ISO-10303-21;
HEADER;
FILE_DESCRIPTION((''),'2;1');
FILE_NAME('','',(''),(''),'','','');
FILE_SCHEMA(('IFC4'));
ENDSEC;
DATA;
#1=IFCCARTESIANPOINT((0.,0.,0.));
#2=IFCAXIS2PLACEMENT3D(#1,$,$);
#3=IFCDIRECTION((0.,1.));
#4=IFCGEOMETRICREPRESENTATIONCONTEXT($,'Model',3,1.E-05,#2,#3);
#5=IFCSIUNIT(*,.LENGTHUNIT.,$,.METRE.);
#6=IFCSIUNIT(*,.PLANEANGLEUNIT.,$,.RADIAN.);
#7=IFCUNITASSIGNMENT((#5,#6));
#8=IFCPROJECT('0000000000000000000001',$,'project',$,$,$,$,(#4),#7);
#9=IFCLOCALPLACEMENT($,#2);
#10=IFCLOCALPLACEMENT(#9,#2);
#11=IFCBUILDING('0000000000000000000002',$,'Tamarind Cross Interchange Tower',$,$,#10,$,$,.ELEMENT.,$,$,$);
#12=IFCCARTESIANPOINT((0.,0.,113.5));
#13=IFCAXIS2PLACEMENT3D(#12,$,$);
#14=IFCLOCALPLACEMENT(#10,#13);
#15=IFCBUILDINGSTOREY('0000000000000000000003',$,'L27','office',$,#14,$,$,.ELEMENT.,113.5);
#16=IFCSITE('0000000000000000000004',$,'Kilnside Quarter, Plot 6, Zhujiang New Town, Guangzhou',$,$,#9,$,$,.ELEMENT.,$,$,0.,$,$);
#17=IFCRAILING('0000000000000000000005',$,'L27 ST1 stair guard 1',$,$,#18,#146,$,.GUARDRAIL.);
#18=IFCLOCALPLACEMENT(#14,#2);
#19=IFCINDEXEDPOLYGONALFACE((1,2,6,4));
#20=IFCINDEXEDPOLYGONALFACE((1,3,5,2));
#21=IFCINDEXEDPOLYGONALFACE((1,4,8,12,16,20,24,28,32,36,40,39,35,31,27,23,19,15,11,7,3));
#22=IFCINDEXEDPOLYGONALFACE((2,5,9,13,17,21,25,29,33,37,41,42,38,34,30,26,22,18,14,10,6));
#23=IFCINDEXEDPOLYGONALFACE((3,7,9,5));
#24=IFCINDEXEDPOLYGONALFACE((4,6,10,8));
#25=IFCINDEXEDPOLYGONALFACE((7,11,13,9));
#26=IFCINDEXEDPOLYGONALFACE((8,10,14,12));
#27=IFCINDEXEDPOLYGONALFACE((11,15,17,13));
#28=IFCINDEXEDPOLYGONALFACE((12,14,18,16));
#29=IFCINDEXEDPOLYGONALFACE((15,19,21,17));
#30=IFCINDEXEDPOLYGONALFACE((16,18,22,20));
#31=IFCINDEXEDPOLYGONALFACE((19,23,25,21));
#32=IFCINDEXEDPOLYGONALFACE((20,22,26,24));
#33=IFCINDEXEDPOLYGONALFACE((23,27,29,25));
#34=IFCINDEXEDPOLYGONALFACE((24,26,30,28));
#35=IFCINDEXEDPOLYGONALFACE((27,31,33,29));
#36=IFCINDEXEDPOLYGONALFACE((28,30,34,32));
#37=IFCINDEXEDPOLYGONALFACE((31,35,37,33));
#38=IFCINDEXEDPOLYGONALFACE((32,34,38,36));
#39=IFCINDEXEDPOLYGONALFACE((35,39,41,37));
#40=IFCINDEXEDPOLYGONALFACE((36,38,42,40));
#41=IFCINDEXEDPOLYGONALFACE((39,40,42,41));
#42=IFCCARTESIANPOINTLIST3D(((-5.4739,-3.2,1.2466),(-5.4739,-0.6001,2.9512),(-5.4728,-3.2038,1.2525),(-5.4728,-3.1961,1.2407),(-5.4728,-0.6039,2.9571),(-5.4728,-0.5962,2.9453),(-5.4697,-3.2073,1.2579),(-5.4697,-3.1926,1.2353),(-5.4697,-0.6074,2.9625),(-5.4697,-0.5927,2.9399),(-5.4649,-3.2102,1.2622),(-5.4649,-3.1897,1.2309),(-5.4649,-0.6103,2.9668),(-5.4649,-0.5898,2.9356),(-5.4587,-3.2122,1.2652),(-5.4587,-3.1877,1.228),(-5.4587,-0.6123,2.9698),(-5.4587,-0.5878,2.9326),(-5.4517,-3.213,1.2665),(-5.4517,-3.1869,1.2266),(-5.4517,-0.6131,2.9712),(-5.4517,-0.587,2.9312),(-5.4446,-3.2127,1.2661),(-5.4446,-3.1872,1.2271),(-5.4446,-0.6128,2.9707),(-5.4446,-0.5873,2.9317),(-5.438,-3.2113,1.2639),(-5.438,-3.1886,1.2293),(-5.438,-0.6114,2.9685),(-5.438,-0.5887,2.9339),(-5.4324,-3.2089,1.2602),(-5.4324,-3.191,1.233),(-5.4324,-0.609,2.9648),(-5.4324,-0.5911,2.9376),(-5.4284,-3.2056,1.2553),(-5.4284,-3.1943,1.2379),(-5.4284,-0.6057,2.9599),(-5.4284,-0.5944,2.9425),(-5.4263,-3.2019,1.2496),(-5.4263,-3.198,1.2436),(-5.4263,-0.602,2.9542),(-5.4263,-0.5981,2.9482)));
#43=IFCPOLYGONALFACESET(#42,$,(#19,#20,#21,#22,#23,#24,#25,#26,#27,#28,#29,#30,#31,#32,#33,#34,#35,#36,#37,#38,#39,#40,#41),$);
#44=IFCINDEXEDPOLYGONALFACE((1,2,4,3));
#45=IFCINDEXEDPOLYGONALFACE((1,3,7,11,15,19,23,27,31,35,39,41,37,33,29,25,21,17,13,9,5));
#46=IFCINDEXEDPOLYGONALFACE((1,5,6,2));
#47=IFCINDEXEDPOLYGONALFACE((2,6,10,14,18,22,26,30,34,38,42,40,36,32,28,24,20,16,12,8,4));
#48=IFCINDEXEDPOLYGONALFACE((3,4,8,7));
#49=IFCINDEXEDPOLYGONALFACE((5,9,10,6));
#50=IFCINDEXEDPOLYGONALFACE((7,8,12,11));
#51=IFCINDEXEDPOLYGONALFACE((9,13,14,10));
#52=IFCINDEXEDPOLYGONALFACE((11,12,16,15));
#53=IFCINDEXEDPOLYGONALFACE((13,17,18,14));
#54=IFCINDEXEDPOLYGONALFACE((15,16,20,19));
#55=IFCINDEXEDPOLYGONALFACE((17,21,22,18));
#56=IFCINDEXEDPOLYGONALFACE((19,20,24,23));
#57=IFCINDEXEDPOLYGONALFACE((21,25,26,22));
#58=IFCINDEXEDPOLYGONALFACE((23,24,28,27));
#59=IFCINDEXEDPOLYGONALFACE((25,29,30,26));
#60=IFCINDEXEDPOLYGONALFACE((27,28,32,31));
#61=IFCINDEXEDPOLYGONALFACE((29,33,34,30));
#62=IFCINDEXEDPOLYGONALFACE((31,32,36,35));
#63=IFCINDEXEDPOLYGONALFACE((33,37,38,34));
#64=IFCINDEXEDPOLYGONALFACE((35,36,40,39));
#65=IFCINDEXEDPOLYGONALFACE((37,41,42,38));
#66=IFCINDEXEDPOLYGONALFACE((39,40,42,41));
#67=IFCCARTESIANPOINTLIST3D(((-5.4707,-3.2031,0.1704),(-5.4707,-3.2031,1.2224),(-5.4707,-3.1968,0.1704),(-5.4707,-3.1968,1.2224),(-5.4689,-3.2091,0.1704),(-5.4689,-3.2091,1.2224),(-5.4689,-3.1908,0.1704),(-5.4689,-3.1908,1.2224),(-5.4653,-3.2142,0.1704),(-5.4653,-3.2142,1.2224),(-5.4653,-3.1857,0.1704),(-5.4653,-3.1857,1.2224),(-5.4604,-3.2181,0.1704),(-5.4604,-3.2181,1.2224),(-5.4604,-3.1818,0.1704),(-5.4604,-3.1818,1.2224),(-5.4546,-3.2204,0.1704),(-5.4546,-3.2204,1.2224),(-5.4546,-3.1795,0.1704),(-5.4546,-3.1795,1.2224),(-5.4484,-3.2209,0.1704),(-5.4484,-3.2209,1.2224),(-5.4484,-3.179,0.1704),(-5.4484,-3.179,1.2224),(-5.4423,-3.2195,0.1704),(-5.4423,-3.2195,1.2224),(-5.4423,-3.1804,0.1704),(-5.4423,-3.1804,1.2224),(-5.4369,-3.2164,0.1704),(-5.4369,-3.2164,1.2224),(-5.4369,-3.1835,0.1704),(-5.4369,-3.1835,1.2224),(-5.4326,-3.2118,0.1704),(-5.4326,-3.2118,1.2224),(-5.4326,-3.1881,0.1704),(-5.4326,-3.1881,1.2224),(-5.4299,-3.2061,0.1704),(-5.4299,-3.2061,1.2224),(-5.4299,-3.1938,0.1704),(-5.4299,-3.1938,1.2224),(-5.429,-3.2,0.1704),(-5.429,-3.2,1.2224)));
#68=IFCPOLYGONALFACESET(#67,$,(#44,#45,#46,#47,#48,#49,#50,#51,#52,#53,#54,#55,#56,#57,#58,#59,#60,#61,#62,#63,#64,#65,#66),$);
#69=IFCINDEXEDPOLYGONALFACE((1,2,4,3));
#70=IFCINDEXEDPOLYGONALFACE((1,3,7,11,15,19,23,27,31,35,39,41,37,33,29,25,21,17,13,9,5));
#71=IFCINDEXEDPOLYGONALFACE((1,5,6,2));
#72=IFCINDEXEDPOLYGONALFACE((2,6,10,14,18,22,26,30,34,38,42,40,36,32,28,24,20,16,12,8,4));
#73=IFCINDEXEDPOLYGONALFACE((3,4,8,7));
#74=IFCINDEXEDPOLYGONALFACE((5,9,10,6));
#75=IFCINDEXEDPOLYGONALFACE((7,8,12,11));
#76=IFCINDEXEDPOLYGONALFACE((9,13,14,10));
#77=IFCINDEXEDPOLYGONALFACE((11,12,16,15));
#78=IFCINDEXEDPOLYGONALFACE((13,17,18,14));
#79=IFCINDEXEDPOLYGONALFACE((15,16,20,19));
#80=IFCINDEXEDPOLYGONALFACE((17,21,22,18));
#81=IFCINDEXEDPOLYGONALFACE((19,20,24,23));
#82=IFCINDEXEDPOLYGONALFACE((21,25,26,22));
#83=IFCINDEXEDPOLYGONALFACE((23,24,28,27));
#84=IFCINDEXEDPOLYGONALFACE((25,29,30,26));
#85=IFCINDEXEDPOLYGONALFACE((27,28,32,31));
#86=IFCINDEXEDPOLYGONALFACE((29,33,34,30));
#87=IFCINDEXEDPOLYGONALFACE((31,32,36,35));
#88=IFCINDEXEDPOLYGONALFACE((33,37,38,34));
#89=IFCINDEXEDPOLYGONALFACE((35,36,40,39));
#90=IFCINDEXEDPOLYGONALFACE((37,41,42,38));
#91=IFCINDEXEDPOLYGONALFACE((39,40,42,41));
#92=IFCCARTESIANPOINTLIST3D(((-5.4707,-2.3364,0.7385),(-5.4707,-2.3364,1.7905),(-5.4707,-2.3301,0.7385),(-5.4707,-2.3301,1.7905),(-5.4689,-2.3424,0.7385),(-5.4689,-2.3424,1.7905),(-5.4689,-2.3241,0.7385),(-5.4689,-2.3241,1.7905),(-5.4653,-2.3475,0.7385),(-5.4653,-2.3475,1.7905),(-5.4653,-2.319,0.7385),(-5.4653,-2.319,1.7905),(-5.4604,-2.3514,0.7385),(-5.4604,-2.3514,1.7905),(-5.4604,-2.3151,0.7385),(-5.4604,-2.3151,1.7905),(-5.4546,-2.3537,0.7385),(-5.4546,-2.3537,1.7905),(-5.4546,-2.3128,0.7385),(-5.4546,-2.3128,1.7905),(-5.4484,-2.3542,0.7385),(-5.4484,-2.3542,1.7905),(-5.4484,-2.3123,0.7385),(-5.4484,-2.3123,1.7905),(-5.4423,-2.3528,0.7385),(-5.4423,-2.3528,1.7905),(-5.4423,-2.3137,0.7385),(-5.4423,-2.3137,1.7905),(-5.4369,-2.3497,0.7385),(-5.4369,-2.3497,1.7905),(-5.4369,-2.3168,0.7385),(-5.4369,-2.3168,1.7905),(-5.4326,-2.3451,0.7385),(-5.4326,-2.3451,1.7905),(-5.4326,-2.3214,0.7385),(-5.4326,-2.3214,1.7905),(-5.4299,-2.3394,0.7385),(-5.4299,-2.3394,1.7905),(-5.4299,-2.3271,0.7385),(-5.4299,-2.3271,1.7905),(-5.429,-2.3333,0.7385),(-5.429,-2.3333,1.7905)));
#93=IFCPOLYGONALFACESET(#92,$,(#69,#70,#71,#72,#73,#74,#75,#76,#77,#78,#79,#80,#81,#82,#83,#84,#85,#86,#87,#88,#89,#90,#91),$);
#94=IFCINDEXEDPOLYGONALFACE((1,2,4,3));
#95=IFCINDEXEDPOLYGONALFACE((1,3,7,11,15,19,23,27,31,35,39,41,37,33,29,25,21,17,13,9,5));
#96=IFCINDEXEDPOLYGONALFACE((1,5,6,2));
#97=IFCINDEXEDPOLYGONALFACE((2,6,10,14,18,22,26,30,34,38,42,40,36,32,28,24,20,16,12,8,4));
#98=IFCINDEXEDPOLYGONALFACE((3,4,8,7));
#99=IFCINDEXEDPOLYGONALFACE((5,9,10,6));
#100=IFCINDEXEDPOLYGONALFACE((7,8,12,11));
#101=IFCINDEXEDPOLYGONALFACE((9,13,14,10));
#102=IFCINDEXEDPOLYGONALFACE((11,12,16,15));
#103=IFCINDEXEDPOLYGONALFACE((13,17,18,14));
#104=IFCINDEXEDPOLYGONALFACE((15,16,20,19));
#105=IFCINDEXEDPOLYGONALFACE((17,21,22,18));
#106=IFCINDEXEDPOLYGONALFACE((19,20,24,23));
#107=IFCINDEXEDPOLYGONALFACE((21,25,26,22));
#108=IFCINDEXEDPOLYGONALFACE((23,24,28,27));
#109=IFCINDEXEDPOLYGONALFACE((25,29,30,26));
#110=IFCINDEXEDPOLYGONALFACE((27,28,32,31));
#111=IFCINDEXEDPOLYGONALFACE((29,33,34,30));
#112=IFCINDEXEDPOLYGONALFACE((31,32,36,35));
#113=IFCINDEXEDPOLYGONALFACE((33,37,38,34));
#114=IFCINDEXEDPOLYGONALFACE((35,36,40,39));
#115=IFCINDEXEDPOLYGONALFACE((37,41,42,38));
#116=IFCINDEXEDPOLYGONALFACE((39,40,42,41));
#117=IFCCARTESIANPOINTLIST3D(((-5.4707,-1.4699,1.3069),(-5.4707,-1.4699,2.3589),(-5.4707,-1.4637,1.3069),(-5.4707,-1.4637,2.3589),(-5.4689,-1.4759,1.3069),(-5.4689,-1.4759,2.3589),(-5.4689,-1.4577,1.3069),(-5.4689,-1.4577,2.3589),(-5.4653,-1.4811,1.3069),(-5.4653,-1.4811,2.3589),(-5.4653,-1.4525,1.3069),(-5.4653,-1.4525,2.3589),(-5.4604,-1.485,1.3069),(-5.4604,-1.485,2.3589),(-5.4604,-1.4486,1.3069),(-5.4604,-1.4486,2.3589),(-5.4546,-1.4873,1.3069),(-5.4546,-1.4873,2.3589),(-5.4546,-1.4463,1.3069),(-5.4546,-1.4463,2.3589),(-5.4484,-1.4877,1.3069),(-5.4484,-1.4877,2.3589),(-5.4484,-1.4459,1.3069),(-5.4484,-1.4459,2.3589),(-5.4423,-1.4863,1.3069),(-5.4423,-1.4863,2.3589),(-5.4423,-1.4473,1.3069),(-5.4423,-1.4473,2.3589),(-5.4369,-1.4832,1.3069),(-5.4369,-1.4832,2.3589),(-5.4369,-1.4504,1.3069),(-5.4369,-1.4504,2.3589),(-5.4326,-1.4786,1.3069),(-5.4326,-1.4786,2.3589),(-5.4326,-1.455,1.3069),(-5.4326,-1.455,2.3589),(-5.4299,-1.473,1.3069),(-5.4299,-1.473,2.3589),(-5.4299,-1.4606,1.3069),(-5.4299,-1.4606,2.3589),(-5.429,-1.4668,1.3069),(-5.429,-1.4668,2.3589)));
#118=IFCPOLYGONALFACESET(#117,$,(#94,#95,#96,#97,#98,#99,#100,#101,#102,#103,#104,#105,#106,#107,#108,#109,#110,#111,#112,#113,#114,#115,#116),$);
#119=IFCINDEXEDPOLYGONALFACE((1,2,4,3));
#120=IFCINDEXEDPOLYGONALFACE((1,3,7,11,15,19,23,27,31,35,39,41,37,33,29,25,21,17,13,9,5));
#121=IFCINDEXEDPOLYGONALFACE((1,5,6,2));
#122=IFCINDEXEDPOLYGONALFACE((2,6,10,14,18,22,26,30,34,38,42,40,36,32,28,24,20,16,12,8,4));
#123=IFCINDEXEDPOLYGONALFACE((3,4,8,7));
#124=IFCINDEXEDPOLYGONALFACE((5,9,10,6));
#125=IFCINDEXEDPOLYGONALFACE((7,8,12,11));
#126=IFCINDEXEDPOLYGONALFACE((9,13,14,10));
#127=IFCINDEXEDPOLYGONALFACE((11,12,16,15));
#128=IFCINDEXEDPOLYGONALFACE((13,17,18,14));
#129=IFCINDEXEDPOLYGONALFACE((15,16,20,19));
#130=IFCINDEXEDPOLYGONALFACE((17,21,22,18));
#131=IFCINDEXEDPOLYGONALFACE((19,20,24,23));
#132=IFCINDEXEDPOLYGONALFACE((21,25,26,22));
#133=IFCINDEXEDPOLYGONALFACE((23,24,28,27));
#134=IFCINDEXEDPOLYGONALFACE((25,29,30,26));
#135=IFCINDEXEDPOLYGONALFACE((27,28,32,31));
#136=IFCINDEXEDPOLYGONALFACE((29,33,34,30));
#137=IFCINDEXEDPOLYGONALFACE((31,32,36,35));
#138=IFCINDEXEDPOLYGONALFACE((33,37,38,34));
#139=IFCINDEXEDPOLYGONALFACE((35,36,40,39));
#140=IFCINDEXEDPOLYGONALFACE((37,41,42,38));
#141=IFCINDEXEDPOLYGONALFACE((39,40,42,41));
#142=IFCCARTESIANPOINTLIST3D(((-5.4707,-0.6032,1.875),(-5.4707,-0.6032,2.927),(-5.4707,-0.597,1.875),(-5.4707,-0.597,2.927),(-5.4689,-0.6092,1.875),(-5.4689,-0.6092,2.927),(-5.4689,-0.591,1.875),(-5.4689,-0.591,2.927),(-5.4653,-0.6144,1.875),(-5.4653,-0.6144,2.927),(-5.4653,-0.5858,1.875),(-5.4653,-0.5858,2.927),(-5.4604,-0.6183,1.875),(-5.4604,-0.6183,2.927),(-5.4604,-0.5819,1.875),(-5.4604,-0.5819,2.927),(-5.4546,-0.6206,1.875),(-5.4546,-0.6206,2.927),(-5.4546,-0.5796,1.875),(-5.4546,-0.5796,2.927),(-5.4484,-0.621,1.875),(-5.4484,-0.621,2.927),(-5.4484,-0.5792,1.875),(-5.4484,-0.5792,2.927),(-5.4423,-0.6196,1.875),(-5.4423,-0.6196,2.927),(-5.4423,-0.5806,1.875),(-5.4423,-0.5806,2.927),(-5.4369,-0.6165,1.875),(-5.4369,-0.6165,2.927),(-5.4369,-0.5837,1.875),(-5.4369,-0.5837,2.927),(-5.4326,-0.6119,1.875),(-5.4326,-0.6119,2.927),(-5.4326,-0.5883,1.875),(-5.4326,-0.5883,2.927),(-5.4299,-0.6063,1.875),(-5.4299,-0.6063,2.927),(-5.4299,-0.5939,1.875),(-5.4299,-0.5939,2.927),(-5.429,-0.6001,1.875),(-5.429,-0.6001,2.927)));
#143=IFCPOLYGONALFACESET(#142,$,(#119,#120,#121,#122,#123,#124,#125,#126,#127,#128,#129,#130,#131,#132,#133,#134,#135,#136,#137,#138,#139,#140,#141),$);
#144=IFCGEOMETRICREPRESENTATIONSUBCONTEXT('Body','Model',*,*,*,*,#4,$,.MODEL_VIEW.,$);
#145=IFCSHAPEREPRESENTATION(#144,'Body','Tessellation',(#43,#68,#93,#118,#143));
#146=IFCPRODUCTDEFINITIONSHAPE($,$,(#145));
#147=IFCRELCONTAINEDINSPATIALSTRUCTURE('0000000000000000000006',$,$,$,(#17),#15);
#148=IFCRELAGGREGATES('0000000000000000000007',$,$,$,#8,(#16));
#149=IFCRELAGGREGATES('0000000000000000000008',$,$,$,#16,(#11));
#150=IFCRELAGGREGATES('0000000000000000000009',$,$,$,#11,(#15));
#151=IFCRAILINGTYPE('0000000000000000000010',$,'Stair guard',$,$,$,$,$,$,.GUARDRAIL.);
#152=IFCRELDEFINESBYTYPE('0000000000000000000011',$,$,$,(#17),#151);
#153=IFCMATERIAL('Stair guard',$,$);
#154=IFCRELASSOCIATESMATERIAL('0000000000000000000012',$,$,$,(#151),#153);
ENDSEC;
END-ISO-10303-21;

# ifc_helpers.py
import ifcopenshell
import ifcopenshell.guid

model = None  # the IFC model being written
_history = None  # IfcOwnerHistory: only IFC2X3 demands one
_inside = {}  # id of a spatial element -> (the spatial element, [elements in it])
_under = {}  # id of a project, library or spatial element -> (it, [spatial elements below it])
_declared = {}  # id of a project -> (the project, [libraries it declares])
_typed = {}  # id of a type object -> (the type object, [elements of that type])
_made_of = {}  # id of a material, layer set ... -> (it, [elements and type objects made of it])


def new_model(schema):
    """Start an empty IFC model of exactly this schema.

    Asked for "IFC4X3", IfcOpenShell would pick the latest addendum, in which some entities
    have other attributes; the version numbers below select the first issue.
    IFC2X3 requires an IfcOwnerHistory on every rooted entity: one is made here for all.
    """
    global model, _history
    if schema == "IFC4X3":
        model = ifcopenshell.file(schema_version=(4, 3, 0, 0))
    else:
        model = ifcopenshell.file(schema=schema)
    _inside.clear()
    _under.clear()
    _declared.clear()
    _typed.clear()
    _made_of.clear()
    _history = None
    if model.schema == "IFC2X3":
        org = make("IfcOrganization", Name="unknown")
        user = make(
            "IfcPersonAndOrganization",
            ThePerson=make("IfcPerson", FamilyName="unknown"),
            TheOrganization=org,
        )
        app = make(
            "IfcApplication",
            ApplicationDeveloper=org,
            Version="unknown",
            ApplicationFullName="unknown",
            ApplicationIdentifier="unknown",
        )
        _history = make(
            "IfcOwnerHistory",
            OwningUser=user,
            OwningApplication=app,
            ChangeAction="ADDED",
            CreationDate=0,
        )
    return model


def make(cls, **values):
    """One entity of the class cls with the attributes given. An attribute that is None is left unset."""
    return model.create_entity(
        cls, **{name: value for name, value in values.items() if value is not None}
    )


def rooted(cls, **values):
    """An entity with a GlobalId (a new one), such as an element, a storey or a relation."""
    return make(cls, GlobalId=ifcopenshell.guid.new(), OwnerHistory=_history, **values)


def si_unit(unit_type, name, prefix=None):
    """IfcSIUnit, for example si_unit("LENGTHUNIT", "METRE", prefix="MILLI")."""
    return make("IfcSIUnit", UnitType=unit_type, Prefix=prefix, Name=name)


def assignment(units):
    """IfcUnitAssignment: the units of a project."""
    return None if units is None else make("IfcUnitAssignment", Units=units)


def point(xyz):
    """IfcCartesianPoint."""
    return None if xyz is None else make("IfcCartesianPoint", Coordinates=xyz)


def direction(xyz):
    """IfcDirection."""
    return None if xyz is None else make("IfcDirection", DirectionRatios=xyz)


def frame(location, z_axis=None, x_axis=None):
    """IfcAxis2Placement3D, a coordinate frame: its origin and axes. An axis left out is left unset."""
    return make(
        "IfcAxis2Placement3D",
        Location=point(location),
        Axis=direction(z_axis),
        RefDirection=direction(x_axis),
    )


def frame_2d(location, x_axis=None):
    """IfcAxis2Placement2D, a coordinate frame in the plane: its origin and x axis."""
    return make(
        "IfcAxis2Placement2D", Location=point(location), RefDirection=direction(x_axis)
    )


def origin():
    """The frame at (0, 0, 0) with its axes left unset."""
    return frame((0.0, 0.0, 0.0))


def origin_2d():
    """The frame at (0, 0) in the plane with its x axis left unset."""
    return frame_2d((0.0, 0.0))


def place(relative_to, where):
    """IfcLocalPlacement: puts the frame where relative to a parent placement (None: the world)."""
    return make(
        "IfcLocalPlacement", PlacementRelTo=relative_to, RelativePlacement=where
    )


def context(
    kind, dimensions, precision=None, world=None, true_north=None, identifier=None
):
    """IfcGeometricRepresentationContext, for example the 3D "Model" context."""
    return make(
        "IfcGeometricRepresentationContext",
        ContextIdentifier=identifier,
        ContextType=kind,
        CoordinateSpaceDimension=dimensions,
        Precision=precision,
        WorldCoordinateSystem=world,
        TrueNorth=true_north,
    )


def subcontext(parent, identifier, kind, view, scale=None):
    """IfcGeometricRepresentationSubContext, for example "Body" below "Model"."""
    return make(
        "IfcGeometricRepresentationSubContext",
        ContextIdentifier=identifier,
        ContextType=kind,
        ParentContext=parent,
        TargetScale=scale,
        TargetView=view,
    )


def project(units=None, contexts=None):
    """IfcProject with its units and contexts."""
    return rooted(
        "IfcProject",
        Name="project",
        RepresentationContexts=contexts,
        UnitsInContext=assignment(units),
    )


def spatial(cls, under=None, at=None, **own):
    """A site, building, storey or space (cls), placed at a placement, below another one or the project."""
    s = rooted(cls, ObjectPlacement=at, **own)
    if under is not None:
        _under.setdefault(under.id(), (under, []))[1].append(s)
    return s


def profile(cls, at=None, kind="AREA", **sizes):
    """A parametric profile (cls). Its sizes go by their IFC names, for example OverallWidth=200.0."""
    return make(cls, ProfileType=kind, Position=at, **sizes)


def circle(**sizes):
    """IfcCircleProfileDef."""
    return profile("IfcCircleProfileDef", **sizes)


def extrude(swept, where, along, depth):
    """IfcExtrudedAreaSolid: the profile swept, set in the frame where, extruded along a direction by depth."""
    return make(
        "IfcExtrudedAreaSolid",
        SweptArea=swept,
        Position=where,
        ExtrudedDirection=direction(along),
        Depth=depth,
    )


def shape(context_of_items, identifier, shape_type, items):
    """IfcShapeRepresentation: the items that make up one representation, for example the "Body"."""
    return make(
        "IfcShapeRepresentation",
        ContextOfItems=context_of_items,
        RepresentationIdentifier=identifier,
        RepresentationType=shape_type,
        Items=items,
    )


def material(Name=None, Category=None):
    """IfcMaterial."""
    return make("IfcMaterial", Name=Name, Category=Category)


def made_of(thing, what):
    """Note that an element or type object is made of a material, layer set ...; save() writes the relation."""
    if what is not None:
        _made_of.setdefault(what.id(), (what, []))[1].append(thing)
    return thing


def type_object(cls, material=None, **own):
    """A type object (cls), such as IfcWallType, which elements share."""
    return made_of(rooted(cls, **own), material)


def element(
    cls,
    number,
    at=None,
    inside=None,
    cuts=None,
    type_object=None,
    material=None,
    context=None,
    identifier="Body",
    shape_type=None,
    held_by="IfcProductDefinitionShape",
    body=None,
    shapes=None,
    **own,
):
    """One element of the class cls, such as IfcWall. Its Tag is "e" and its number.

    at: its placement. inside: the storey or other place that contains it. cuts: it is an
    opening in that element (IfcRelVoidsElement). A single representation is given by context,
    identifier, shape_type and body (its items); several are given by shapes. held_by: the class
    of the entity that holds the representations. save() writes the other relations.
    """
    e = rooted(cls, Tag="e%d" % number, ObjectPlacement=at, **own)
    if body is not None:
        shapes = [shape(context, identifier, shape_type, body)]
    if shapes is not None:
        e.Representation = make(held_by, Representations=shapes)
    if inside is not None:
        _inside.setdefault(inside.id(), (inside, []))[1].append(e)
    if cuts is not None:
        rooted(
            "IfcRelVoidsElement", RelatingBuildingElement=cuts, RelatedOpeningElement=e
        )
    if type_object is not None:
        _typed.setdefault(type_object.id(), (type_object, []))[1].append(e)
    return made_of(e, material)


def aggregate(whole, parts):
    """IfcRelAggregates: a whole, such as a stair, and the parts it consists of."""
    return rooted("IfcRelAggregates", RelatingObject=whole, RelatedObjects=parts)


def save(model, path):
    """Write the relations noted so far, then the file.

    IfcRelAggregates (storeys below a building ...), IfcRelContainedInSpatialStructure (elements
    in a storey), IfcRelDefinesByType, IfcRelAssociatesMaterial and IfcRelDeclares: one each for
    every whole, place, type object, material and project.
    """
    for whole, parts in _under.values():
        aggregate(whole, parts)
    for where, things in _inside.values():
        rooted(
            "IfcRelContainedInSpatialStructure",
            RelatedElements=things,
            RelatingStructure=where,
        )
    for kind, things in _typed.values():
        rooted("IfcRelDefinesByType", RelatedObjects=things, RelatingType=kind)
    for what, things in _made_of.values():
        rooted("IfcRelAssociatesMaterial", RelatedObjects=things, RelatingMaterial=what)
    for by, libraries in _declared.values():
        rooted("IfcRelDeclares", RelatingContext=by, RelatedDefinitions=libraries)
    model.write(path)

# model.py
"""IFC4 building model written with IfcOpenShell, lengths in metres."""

from ifc_helpers import new_model, si_unit, direction, frame, origin, origin_2d, place, context, subcontext, project, spatial, circle, extrude, material, type_object, element, save


model = new_model("IFC4")

# Units and contexts
model_context = context("Model", 3, precision=1e-05, world=origin(), true_north=direction((0.0, 1.0)))
body_context = subcontext(model_context, "Body", "Model", "MODEL_VIEW")
ifc_project = project(units=[si_unit("LENGTHUNIT", "METRE"), si_unit("PLANEANGLEUNIT", "RADIAN")], contexts=[model_context])

# Site, building, storey
site_placement = place(None, origin())
site = spatial("IfcSite", under=ifc_project, at=site_placement, Name="Kilnside Quarter, Plot 6, Zhujiang New Town, Guangzhou", CompositionType="ELEMENT", RefElevation=0.0)
building_placement = place(site_placement, origin())
building = spatial("IfcBuilding", under=site, at=building_placement, Name="Tamarind Cross Interchange Tower", CompositionType="ELEMENT")
storey_placement = place(building_placement, frame((0.0, 0.0, 113.5)))
storey = spatial("IfcBuildingStorey", under=building, at=storey_placement, Name="L27", Description="office", CompositionType="ELEMENT", Elevation=113.5)

# Railing
ifc_material_1 = material(Name="Stair guard")
railing_type_1 = type_object("IfcRailingType", Name="Stair guard", PredefinedType="GUARDRAIL", material=ifc_material_1)
railing_1_placement = place(storey_placement, frame((-5.45, -3.2, 0.1704)))
element("IfcRailing", 1, at=railing_1_placement, inside=storey, type_object=railing_type_1, Name="L27 ST1 stair guard 1", PredefinedType="GUARDRAIL", context=body_context, shape_type="SweptSolid", body=[
    extrude(circle(Radius=0.0239, at=origin_2d()), frame((0.0, 0.0, 1.0762), z_axis=(0.0, 0.836279, 0.548305), x_axis=(-1.0, 0.0, 0.0)), (0.0, 0.0, 1.0), 3.1089),
    extrude(circle(Radius=0.021, at=origin_2d()), origin(), (0.0, 0.0, 1.0), 1.052),
    extrude(circle(Radius=0.021, at=origin_2d()), frame((0.0, 0.8667, 0.5681)), (0.0, 0.0, 1.0), 1.052),
    extrude(circle(Radius=0.021, at=origin_2d()), frame((0.0, 1.7332, 1.1365)), (0.0, 0.0, 1.0), 1.052),
    extrude(circle(Radius=0.021, at=origin_2d()), frame((0.0, 2.5999, 1.7046)), (0.0, 0.0, 1.0), 1.052),
])

save(model, "model.ifc")
